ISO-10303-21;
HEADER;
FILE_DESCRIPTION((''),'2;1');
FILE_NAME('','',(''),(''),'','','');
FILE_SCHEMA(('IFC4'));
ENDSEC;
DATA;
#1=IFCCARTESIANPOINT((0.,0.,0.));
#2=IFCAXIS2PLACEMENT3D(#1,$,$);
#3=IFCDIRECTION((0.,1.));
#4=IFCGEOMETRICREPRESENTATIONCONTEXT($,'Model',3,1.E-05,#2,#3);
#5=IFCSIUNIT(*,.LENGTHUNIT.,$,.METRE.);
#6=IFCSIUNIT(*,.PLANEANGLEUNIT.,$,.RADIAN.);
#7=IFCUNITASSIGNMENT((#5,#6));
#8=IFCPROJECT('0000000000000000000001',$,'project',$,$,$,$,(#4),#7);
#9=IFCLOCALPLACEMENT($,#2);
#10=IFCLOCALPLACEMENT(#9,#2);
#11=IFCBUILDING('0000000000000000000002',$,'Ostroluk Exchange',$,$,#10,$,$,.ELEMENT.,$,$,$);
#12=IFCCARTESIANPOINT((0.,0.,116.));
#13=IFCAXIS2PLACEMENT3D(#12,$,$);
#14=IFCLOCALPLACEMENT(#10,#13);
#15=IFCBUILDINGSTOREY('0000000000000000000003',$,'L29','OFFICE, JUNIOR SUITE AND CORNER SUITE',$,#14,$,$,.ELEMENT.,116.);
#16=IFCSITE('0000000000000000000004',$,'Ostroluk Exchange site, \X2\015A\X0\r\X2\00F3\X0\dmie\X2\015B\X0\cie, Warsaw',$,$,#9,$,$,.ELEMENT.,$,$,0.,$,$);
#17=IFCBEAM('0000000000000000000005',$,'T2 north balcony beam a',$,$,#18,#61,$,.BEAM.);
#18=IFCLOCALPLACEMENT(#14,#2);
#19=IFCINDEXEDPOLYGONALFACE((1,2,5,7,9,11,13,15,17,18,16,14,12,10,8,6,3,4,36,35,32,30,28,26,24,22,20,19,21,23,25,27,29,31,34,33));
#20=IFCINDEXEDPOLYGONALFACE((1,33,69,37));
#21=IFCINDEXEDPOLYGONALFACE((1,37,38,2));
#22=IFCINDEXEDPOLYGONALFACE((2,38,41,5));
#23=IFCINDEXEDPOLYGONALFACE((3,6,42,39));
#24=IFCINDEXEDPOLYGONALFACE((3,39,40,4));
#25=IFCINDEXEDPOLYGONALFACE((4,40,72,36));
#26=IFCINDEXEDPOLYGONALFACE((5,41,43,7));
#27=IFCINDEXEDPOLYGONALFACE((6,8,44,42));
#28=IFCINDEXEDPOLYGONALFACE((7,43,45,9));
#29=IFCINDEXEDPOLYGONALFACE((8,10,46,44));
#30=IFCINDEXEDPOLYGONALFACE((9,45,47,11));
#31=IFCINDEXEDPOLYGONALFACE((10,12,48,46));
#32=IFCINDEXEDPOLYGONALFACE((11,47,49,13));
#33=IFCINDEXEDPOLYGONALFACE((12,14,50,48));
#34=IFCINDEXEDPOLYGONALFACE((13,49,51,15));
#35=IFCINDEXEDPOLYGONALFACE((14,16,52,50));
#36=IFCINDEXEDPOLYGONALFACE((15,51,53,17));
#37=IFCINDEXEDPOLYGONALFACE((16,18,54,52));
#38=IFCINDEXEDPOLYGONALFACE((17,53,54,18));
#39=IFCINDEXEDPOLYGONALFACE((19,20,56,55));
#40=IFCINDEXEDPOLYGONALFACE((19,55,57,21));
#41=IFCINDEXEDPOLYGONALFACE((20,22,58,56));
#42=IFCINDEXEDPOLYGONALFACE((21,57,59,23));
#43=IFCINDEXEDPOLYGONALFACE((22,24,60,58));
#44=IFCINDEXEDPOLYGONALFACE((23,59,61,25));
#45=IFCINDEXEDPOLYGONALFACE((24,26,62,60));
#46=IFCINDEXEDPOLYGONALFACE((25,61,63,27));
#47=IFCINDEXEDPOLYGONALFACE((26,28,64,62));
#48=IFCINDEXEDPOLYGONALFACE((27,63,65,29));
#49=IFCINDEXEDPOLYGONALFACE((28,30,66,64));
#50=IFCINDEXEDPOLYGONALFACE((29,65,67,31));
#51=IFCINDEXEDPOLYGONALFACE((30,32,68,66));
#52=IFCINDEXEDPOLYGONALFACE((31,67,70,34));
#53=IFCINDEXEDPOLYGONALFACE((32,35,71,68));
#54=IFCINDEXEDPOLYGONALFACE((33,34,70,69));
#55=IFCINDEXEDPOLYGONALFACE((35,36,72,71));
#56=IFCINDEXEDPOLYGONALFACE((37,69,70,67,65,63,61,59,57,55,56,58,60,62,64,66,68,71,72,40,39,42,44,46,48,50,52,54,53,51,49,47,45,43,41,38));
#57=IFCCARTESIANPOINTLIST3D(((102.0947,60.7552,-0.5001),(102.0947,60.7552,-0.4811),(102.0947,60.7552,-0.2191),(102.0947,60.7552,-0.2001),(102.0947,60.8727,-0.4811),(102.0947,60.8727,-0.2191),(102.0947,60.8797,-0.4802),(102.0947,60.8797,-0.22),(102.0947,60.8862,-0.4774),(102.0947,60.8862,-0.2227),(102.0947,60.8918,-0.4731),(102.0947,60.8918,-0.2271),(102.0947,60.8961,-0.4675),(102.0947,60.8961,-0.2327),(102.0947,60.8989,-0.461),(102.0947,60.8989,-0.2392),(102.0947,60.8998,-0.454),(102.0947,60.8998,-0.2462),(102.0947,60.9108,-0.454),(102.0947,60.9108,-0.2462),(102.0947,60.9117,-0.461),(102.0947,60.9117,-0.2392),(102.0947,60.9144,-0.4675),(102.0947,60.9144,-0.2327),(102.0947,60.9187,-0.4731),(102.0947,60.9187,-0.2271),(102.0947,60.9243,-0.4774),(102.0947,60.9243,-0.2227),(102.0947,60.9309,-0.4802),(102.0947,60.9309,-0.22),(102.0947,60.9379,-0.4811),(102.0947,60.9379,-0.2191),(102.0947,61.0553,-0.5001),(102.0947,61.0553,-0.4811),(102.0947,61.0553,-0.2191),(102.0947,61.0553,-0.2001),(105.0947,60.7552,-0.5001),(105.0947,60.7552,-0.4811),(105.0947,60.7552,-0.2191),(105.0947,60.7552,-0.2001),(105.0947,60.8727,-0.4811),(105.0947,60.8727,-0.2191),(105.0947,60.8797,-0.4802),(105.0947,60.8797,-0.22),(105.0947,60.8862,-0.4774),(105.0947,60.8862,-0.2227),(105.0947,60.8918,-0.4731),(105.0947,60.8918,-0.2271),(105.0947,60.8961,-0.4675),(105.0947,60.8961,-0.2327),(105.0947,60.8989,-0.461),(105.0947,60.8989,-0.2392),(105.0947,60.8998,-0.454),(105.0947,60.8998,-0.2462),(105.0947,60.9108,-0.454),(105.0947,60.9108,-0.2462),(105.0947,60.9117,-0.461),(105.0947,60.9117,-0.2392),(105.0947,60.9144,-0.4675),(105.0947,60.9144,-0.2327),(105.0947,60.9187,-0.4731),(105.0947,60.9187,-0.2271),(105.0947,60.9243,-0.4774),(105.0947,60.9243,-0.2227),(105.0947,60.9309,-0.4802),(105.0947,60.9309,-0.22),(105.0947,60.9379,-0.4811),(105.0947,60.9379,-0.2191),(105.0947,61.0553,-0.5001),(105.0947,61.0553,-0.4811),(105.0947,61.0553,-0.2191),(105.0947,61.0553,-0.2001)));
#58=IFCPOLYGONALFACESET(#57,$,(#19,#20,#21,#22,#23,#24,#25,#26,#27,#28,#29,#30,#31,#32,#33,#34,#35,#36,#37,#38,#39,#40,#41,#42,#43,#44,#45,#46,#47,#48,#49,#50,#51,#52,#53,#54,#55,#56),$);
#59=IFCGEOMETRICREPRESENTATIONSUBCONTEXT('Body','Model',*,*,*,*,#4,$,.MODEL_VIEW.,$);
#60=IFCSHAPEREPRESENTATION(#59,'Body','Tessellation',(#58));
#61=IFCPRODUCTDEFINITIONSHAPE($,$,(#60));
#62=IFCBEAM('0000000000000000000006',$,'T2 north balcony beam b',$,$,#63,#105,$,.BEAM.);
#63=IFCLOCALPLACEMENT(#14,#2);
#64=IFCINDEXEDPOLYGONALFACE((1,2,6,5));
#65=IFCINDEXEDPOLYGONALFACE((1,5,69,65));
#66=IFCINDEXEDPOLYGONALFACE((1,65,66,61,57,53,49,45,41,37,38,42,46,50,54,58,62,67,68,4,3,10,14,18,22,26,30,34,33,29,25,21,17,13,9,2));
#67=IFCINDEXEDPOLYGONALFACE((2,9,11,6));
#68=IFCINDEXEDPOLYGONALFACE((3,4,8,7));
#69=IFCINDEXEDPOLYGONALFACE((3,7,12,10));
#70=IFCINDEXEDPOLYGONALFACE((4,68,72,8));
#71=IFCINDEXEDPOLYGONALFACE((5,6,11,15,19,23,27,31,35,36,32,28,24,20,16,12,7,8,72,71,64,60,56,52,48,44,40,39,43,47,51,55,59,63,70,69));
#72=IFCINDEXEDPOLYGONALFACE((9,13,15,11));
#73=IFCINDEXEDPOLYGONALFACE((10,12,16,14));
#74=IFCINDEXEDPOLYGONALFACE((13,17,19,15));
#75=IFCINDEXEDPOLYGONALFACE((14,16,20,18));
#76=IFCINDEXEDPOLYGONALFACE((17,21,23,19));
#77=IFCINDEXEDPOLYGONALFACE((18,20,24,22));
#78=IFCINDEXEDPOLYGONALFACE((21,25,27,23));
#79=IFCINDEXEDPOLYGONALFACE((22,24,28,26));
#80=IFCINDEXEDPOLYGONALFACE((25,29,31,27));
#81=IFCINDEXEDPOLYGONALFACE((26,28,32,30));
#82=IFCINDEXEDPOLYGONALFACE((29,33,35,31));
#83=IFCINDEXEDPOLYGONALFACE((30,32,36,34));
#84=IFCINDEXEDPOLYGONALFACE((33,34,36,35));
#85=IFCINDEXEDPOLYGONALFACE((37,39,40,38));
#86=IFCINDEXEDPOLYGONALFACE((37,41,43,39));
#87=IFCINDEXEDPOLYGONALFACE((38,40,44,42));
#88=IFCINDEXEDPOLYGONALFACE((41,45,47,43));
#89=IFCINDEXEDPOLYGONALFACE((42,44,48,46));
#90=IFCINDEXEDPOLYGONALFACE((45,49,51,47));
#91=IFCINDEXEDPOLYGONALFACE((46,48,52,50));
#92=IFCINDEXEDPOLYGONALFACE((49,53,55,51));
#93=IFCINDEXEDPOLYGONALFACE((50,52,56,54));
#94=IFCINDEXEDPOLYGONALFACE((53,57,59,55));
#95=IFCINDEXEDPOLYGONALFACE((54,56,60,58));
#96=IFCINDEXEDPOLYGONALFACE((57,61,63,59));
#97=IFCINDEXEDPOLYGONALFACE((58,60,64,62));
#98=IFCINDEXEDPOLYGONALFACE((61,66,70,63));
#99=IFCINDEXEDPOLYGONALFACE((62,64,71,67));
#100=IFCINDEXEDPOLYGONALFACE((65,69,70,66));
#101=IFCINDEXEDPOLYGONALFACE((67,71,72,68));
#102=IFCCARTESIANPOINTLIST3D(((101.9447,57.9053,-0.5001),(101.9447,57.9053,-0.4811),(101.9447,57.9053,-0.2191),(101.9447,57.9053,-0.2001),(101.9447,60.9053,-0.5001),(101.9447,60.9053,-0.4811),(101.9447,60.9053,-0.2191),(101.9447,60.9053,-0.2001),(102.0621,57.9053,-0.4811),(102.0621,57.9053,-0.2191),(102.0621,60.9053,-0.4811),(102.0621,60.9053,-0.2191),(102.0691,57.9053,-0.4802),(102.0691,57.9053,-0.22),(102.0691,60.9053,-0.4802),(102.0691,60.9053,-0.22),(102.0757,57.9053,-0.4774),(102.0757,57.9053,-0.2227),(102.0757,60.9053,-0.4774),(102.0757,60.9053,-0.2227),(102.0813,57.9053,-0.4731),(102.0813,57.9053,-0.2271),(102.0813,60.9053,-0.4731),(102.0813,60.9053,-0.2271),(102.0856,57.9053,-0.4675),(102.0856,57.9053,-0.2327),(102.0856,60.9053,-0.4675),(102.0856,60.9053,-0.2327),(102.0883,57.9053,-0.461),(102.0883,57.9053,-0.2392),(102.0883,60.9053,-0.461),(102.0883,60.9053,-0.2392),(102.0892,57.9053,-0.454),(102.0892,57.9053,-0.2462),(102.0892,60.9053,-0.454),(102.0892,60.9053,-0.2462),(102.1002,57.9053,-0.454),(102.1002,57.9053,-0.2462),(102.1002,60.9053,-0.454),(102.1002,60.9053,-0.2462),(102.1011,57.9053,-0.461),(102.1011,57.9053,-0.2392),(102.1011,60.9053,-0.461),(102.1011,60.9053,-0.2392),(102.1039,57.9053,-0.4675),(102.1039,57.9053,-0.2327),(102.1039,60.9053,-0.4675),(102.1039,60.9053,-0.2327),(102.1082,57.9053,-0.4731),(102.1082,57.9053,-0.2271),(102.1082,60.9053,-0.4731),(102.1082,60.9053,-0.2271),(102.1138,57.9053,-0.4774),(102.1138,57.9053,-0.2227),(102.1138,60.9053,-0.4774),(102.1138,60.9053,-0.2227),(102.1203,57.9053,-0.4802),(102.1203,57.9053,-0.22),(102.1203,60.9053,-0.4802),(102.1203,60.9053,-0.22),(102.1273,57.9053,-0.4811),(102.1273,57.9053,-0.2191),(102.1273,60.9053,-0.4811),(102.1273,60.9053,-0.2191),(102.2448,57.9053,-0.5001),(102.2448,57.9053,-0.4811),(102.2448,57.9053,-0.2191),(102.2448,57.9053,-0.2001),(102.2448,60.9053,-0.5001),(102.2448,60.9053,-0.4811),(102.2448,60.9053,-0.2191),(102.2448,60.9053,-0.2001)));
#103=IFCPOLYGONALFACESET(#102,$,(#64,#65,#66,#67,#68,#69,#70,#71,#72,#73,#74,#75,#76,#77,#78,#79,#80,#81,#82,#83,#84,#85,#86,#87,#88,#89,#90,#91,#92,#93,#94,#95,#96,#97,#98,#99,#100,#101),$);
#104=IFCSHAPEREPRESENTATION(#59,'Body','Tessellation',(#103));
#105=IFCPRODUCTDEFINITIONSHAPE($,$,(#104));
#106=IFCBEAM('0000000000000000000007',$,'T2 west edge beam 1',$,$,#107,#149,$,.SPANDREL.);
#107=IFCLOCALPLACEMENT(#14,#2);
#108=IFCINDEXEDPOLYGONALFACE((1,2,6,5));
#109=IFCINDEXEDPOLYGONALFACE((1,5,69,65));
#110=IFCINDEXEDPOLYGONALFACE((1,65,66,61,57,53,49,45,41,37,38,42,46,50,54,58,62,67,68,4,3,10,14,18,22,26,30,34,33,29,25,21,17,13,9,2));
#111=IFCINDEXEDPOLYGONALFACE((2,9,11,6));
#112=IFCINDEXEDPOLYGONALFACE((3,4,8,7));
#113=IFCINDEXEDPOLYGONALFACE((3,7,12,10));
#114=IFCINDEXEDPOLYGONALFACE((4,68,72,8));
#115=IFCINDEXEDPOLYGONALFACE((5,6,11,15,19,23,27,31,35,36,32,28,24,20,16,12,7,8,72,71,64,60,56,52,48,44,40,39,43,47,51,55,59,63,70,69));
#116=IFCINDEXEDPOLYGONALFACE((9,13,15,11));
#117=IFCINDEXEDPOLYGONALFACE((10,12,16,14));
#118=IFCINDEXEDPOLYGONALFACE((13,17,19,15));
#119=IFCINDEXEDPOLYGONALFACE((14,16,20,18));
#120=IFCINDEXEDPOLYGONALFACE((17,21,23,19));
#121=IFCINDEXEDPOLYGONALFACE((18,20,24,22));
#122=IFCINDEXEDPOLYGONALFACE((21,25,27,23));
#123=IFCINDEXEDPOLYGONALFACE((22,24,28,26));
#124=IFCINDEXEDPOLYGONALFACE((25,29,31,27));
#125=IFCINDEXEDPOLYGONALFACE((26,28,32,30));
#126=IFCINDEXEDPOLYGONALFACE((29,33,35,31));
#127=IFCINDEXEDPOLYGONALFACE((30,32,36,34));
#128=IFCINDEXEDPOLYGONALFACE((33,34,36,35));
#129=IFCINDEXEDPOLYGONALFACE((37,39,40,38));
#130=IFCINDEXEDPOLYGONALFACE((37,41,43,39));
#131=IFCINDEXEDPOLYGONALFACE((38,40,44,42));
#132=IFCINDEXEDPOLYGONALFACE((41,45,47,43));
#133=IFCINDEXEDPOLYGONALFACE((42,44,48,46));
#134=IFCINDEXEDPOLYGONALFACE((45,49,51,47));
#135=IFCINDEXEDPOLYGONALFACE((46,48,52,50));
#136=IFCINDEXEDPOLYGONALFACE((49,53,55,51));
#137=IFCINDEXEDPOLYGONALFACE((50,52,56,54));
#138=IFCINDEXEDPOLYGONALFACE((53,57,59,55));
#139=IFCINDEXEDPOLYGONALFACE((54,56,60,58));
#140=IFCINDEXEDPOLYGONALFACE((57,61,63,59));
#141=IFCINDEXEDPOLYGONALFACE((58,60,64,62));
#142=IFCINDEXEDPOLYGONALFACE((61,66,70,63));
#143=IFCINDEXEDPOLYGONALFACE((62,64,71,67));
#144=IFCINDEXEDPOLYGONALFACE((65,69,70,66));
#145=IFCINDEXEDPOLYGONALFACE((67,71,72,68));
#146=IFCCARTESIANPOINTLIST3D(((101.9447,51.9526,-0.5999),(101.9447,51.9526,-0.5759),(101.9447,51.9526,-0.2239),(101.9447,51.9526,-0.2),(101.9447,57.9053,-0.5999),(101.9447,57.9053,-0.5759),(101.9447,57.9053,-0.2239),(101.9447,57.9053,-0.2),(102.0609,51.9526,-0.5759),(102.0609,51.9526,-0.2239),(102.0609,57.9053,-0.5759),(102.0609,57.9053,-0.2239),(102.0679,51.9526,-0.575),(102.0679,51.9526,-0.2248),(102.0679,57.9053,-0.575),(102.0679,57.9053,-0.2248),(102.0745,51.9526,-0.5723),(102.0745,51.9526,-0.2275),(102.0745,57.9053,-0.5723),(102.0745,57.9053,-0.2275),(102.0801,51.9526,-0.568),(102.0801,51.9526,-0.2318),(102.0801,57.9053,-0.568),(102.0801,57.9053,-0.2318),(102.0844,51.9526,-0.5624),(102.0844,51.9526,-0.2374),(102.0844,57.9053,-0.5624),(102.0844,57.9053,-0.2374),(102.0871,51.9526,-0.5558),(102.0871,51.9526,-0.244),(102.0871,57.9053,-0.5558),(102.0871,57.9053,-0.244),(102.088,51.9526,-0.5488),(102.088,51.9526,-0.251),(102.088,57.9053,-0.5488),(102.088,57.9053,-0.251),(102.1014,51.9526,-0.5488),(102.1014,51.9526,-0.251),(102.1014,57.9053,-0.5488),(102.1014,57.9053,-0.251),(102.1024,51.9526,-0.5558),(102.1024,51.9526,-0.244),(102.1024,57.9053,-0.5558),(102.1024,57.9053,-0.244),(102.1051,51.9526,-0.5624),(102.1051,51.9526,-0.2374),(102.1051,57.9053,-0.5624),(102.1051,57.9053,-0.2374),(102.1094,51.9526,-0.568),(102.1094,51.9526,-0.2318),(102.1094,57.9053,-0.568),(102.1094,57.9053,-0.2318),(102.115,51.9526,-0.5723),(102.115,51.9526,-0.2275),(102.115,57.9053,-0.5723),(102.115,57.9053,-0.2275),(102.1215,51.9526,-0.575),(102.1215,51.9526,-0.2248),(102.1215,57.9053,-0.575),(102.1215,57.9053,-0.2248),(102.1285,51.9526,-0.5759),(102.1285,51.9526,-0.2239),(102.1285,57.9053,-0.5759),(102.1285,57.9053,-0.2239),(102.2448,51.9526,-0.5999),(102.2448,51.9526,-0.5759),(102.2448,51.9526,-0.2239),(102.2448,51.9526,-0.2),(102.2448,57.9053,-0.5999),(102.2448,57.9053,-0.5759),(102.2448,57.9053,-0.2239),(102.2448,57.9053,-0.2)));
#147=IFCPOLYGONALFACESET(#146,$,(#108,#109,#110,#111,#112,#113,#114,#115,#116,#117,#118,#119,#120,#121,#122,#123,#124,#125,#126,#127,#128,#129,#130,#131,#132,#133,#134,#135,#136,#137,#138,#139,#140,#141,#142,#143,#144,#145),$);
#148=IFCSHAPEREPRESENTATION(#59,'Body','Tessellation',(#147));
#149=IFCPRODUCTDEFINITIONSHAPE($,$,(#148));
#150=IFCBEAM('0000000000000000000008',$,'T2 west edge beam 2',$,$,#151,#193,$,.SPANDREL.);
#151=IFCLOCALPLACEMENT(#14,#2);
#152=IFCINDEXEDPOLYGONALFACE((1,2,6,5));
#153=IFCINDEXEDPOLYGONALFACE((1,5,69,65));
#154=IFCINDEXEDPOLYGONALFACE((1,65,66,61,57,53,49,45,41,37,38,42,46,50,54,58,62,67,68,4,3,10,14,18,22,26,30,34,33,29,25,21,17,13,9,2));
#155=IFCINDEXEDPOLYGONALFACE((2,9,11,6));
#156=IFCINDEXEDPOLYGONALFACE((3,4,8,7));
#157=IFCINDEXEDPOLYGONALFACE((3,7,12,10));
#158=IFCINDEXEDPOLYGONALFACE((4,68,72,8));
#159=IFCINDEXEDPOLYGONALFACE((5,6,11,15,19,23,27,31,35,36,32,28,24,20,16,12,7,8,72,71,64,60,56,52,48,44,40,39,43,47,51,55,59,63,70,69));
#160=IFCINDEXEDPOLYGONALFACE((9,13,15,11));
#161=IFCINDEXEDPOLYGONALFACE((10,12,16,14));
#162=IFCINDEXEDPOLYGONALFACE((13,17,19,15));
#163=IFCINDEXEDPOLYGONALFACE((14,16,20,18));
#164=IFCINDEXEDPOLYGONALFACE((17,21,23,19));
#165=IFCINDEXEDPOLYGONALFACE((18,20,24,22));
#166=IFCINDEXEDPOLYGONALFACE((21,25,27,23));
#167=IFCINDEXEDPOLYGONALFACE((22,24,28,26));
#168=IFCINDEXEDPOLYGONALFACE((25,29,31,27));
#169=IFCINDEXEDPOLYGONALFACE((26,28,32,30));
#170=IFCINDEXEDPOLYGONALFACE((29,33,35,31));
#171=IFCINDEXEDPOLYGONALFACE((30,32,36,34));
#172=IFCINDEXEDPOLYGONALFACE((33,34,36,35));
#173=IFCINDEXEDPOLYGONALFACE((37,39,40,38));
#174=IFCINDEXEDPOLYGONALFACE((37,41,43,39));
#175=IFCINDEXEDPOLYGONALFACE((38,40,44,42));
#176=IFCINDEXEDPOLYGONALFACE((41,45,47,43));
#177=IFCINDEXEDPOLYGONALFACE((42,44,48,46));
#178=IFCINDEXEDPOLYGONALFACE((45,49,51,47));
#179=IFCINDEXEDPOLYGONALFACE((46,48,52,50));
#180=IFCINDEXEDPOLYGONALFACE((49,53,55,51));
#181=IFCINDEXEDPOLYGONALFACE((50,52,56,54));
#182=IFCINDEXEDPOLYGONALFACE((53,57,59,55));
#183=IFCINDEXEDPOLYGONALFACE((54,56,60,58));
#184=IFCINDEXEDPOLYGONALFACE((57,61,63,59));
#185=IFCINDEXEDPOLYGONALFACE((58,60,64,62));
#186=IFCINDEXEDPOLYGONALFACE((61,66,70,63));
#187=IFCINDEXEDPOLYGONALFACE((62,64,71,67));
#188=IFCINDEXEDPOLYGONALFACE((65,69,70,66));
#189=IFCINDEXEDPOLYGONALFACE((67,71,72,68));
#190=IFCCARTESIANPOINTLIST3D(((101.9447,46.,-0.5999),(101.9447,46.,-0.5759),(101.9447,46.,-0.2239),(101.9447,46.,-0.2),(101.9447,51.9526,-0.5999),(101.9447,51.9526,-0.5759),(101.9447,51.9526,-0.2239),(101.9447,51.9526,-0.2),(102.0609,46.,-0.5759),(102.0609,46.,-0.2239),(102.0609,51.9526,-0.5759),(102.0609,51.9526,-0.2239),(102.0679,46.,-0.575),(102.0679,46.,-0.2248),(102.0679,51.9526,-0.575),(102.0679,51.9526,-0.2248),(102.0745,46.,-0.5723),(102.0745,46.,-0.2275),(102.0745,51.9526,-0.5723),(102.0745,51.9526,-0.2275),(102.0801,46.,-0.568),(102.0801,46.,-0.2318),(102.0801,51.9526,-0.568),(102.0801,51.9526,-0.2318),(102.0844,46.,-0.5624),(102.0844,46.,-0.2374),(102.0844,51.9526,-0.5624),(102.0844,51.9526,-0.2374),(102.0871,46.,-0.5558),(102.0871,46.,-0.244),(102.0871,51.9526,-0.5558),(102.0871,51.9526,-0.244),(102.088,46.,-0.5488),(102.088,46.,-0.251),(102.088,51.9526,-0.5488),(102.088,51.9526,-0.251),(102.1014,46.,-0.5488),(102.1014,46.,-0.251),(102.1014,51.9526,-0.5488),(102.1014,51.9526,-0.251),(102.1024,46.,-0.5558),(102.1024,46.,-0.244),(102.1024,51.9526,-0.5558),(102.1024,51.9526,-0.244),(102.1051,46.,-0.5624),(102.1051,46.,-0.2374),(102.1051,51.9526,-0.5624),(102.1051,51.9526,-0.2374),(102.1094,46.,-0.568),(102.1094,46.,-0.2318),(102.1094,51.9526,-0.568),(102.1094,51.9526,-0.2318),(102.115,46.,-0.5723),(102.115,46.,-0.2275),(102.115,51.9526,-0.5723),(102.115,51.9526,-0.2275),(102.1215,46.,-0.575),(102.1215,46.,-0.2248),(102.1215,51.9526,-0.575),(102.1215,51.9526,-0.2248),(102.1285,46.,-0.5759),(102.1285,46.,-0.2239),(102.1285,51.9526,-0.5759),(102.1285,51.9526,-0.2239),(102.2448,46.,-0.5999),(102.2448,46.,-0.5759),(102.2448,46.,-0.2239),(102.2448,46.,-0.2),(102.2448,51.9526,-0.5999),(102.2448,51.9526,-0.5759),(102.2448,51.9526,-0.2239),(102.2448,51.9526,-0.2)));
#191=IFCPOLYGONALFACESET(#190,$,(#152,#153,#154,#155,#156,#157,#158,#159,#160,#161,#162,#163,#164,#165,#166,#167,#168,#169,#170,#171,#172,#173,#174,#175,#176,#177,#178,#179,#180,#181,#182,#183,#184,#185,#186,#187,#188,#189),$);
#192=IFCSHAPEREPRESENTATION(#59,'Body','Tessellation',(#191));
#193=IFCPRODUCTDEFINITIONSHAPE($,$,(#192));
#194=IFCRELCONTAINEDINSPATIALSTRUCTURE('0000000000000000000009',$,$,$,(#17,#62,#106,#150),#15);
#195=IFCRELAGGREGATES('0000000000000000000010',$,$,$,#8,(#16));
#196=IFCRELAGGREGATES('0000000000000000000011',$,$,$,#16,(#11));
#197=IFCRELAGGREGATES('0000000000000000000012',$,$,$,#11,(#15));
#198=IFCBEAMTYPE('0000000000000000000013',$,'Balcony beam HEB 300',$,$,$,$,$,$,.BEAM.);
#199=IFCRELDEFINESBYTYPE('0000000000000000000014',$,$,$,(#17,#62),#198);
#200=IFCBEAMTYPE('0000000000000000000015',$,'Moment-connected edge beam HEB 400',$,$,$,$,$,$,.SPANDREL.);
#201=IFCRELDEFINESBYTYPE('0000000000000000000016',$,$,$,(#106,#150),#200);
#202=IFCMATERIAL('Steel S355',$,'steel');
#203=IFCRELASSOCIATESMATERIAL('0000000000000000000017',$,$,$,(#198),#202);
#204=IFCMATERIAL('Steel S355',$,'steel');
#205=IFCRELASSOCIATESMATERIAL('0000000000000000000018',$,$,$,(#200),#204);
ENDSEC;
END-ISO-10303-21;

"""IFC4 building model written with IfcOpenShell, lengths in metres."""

from ifc_helpers import new_model, si_unit, direction, frame, origin, origin_2d, place, context, subcontext, project, spatial, i_section, extrude, material, material_profile, profile_set, type_object, element, save


model = new_model("IFC4")

# Units and contexts
model_context = context("Model", 3, precision=1e-05, world=origin(), true_north=direction((0.0, 1.0)))
body_context = subcontext(model_context, "Body", "Model", "MODEL_VIEW")
ifc_project = project(units=[si_unit("LENGTHUNIT", "METRE"), si_unit("PLANEANGLEUNIT", "RADIAN")], contexts=[model_context])

# Site, building, storey
site_placement = place(None, origin())
site = spatial("IfcSite", under=ifc_project, at=site_placement, Name="Ostroluk Exchange site, Śródmieście, Warsaw", CompositionType="ELEMENT", RefElevation=0.0)
building_placement = place(site_placement, origin())
building = spatial("IfcBuilding", under=site, at=building_placement, Name="Ostroluk Exchange", CompositionType="ELEMENT")
storey_placement = place(building_placement, frame((0.0, 0.0, 116.0)))
storey = spatial("IfcBuildingStorey", under=building, at=storey_placement, Name="L29", Description="OFFICE, JUNIOR SUITE AND CORNER SUITE", CompositionType="ELEMENT", Elevation=116.0)

# Beams
ifc_material_1 = material(Name="Steel S355", Category="steel")
ifc_material_profile_1 = material_profile(ifc_material_1, i_section(OverallWidth=0.3, OverallDepth=0.3, WebThickness=0.011, FlangeThickness=0.019, FilletRadius=0.0271, at=origin_2d()), Name="HEB 300")
ifc_profile_set_1 = profile_set([ifc_material_profile_1], Name="Steel S355")
beam_type_1 = type_object("IfcBeamType", Name="Balcony beam HEB 300", PredefinedType="BEAM", material=ifc_profile_set_1)
for number, where, z_axis, x_axis, name in (
    (1, (105.0947, 60.9053, -0.3501), (-1.0, 0.0, 0.0), (0.0, -1.0, 0.0), "T2 north balcony beam a"),
    (2, (102.0947, 57.9053, -0.3501), (0.0, 1.0, 0.0), (-1.0, 0.0, 0.0), "T2 north balcony beam b"),
):
    element("IfcBeam", number, at=place(storey_placement, frame(where, z_axis=z_axis, x_axis=x_axis)), inside=storey, type_object=beam_type_1, Name=name, PredefinedType="BEAM", context=body_context, shape_type="SweptSolid", body=[
        extrude(i_section(OverallWidth=0.3, OverallDepth=0.3, WebThickness=0.011, FlangeThickness=0.019, FilletRadius=0.0271, at=origin_2d()), origin(), (0.0, 0.0, 1.0), 3.0),
    ])
ifc_material_2 = material(Name="Steel S355", Category="steel")
ifc_material_profile_2 = material_profile(ifc_material_2, i_section(OverallWidth=0.3, OverallDepth=0.3999, WebThickness=0.0134, FlangeThickness=0.0239, FilletRadius=0.0271, at=origin_2d()), Name="HEB 400")
ifc_profile_set_2 = profile_set([ifc_material_profile_2], Name="Steel S355")
beam_type_2 = type_object("IfcBeamType", Name="Moment-connected edge beam HEB 400", PredefinedType="SPANDREL", material=ifc_profile_set_2)
for number, where, z_axis, x_axis, name in (
    (3, (102.0947, 57.9053, -0.3999), (0.0, -1.0, 0.0), (1.0, 0.0, 0.0), "T2 west edge beam 1"),
    (4, (102.0947, 51.9526, -0.3999), (0.0, -1.0, 0.0), (1.0, 0.0, 0.0), "T2 west edge beam 2"),
):
    element("IfcBeam", number, at=place(storey_placement, frame(where, z_axis=z_axis, x_axis=x_axis)), inside=storey, type_object=beam_type_2, Name=name, PredefinedType="SPANDREL", context=body_context, shape_type="SweptSolid", body=[
        extrude(i_section(OverallWidth=0.3, OverallDepth=0.3999, WebThickness=0.0134, FlangeThickness=0.0239, FilletRadius=0.0271, at=origin_2d()), origin(), (0.0, 0.0, 1.0), 5.9526),
    ])

save(model, "model.ifc")
